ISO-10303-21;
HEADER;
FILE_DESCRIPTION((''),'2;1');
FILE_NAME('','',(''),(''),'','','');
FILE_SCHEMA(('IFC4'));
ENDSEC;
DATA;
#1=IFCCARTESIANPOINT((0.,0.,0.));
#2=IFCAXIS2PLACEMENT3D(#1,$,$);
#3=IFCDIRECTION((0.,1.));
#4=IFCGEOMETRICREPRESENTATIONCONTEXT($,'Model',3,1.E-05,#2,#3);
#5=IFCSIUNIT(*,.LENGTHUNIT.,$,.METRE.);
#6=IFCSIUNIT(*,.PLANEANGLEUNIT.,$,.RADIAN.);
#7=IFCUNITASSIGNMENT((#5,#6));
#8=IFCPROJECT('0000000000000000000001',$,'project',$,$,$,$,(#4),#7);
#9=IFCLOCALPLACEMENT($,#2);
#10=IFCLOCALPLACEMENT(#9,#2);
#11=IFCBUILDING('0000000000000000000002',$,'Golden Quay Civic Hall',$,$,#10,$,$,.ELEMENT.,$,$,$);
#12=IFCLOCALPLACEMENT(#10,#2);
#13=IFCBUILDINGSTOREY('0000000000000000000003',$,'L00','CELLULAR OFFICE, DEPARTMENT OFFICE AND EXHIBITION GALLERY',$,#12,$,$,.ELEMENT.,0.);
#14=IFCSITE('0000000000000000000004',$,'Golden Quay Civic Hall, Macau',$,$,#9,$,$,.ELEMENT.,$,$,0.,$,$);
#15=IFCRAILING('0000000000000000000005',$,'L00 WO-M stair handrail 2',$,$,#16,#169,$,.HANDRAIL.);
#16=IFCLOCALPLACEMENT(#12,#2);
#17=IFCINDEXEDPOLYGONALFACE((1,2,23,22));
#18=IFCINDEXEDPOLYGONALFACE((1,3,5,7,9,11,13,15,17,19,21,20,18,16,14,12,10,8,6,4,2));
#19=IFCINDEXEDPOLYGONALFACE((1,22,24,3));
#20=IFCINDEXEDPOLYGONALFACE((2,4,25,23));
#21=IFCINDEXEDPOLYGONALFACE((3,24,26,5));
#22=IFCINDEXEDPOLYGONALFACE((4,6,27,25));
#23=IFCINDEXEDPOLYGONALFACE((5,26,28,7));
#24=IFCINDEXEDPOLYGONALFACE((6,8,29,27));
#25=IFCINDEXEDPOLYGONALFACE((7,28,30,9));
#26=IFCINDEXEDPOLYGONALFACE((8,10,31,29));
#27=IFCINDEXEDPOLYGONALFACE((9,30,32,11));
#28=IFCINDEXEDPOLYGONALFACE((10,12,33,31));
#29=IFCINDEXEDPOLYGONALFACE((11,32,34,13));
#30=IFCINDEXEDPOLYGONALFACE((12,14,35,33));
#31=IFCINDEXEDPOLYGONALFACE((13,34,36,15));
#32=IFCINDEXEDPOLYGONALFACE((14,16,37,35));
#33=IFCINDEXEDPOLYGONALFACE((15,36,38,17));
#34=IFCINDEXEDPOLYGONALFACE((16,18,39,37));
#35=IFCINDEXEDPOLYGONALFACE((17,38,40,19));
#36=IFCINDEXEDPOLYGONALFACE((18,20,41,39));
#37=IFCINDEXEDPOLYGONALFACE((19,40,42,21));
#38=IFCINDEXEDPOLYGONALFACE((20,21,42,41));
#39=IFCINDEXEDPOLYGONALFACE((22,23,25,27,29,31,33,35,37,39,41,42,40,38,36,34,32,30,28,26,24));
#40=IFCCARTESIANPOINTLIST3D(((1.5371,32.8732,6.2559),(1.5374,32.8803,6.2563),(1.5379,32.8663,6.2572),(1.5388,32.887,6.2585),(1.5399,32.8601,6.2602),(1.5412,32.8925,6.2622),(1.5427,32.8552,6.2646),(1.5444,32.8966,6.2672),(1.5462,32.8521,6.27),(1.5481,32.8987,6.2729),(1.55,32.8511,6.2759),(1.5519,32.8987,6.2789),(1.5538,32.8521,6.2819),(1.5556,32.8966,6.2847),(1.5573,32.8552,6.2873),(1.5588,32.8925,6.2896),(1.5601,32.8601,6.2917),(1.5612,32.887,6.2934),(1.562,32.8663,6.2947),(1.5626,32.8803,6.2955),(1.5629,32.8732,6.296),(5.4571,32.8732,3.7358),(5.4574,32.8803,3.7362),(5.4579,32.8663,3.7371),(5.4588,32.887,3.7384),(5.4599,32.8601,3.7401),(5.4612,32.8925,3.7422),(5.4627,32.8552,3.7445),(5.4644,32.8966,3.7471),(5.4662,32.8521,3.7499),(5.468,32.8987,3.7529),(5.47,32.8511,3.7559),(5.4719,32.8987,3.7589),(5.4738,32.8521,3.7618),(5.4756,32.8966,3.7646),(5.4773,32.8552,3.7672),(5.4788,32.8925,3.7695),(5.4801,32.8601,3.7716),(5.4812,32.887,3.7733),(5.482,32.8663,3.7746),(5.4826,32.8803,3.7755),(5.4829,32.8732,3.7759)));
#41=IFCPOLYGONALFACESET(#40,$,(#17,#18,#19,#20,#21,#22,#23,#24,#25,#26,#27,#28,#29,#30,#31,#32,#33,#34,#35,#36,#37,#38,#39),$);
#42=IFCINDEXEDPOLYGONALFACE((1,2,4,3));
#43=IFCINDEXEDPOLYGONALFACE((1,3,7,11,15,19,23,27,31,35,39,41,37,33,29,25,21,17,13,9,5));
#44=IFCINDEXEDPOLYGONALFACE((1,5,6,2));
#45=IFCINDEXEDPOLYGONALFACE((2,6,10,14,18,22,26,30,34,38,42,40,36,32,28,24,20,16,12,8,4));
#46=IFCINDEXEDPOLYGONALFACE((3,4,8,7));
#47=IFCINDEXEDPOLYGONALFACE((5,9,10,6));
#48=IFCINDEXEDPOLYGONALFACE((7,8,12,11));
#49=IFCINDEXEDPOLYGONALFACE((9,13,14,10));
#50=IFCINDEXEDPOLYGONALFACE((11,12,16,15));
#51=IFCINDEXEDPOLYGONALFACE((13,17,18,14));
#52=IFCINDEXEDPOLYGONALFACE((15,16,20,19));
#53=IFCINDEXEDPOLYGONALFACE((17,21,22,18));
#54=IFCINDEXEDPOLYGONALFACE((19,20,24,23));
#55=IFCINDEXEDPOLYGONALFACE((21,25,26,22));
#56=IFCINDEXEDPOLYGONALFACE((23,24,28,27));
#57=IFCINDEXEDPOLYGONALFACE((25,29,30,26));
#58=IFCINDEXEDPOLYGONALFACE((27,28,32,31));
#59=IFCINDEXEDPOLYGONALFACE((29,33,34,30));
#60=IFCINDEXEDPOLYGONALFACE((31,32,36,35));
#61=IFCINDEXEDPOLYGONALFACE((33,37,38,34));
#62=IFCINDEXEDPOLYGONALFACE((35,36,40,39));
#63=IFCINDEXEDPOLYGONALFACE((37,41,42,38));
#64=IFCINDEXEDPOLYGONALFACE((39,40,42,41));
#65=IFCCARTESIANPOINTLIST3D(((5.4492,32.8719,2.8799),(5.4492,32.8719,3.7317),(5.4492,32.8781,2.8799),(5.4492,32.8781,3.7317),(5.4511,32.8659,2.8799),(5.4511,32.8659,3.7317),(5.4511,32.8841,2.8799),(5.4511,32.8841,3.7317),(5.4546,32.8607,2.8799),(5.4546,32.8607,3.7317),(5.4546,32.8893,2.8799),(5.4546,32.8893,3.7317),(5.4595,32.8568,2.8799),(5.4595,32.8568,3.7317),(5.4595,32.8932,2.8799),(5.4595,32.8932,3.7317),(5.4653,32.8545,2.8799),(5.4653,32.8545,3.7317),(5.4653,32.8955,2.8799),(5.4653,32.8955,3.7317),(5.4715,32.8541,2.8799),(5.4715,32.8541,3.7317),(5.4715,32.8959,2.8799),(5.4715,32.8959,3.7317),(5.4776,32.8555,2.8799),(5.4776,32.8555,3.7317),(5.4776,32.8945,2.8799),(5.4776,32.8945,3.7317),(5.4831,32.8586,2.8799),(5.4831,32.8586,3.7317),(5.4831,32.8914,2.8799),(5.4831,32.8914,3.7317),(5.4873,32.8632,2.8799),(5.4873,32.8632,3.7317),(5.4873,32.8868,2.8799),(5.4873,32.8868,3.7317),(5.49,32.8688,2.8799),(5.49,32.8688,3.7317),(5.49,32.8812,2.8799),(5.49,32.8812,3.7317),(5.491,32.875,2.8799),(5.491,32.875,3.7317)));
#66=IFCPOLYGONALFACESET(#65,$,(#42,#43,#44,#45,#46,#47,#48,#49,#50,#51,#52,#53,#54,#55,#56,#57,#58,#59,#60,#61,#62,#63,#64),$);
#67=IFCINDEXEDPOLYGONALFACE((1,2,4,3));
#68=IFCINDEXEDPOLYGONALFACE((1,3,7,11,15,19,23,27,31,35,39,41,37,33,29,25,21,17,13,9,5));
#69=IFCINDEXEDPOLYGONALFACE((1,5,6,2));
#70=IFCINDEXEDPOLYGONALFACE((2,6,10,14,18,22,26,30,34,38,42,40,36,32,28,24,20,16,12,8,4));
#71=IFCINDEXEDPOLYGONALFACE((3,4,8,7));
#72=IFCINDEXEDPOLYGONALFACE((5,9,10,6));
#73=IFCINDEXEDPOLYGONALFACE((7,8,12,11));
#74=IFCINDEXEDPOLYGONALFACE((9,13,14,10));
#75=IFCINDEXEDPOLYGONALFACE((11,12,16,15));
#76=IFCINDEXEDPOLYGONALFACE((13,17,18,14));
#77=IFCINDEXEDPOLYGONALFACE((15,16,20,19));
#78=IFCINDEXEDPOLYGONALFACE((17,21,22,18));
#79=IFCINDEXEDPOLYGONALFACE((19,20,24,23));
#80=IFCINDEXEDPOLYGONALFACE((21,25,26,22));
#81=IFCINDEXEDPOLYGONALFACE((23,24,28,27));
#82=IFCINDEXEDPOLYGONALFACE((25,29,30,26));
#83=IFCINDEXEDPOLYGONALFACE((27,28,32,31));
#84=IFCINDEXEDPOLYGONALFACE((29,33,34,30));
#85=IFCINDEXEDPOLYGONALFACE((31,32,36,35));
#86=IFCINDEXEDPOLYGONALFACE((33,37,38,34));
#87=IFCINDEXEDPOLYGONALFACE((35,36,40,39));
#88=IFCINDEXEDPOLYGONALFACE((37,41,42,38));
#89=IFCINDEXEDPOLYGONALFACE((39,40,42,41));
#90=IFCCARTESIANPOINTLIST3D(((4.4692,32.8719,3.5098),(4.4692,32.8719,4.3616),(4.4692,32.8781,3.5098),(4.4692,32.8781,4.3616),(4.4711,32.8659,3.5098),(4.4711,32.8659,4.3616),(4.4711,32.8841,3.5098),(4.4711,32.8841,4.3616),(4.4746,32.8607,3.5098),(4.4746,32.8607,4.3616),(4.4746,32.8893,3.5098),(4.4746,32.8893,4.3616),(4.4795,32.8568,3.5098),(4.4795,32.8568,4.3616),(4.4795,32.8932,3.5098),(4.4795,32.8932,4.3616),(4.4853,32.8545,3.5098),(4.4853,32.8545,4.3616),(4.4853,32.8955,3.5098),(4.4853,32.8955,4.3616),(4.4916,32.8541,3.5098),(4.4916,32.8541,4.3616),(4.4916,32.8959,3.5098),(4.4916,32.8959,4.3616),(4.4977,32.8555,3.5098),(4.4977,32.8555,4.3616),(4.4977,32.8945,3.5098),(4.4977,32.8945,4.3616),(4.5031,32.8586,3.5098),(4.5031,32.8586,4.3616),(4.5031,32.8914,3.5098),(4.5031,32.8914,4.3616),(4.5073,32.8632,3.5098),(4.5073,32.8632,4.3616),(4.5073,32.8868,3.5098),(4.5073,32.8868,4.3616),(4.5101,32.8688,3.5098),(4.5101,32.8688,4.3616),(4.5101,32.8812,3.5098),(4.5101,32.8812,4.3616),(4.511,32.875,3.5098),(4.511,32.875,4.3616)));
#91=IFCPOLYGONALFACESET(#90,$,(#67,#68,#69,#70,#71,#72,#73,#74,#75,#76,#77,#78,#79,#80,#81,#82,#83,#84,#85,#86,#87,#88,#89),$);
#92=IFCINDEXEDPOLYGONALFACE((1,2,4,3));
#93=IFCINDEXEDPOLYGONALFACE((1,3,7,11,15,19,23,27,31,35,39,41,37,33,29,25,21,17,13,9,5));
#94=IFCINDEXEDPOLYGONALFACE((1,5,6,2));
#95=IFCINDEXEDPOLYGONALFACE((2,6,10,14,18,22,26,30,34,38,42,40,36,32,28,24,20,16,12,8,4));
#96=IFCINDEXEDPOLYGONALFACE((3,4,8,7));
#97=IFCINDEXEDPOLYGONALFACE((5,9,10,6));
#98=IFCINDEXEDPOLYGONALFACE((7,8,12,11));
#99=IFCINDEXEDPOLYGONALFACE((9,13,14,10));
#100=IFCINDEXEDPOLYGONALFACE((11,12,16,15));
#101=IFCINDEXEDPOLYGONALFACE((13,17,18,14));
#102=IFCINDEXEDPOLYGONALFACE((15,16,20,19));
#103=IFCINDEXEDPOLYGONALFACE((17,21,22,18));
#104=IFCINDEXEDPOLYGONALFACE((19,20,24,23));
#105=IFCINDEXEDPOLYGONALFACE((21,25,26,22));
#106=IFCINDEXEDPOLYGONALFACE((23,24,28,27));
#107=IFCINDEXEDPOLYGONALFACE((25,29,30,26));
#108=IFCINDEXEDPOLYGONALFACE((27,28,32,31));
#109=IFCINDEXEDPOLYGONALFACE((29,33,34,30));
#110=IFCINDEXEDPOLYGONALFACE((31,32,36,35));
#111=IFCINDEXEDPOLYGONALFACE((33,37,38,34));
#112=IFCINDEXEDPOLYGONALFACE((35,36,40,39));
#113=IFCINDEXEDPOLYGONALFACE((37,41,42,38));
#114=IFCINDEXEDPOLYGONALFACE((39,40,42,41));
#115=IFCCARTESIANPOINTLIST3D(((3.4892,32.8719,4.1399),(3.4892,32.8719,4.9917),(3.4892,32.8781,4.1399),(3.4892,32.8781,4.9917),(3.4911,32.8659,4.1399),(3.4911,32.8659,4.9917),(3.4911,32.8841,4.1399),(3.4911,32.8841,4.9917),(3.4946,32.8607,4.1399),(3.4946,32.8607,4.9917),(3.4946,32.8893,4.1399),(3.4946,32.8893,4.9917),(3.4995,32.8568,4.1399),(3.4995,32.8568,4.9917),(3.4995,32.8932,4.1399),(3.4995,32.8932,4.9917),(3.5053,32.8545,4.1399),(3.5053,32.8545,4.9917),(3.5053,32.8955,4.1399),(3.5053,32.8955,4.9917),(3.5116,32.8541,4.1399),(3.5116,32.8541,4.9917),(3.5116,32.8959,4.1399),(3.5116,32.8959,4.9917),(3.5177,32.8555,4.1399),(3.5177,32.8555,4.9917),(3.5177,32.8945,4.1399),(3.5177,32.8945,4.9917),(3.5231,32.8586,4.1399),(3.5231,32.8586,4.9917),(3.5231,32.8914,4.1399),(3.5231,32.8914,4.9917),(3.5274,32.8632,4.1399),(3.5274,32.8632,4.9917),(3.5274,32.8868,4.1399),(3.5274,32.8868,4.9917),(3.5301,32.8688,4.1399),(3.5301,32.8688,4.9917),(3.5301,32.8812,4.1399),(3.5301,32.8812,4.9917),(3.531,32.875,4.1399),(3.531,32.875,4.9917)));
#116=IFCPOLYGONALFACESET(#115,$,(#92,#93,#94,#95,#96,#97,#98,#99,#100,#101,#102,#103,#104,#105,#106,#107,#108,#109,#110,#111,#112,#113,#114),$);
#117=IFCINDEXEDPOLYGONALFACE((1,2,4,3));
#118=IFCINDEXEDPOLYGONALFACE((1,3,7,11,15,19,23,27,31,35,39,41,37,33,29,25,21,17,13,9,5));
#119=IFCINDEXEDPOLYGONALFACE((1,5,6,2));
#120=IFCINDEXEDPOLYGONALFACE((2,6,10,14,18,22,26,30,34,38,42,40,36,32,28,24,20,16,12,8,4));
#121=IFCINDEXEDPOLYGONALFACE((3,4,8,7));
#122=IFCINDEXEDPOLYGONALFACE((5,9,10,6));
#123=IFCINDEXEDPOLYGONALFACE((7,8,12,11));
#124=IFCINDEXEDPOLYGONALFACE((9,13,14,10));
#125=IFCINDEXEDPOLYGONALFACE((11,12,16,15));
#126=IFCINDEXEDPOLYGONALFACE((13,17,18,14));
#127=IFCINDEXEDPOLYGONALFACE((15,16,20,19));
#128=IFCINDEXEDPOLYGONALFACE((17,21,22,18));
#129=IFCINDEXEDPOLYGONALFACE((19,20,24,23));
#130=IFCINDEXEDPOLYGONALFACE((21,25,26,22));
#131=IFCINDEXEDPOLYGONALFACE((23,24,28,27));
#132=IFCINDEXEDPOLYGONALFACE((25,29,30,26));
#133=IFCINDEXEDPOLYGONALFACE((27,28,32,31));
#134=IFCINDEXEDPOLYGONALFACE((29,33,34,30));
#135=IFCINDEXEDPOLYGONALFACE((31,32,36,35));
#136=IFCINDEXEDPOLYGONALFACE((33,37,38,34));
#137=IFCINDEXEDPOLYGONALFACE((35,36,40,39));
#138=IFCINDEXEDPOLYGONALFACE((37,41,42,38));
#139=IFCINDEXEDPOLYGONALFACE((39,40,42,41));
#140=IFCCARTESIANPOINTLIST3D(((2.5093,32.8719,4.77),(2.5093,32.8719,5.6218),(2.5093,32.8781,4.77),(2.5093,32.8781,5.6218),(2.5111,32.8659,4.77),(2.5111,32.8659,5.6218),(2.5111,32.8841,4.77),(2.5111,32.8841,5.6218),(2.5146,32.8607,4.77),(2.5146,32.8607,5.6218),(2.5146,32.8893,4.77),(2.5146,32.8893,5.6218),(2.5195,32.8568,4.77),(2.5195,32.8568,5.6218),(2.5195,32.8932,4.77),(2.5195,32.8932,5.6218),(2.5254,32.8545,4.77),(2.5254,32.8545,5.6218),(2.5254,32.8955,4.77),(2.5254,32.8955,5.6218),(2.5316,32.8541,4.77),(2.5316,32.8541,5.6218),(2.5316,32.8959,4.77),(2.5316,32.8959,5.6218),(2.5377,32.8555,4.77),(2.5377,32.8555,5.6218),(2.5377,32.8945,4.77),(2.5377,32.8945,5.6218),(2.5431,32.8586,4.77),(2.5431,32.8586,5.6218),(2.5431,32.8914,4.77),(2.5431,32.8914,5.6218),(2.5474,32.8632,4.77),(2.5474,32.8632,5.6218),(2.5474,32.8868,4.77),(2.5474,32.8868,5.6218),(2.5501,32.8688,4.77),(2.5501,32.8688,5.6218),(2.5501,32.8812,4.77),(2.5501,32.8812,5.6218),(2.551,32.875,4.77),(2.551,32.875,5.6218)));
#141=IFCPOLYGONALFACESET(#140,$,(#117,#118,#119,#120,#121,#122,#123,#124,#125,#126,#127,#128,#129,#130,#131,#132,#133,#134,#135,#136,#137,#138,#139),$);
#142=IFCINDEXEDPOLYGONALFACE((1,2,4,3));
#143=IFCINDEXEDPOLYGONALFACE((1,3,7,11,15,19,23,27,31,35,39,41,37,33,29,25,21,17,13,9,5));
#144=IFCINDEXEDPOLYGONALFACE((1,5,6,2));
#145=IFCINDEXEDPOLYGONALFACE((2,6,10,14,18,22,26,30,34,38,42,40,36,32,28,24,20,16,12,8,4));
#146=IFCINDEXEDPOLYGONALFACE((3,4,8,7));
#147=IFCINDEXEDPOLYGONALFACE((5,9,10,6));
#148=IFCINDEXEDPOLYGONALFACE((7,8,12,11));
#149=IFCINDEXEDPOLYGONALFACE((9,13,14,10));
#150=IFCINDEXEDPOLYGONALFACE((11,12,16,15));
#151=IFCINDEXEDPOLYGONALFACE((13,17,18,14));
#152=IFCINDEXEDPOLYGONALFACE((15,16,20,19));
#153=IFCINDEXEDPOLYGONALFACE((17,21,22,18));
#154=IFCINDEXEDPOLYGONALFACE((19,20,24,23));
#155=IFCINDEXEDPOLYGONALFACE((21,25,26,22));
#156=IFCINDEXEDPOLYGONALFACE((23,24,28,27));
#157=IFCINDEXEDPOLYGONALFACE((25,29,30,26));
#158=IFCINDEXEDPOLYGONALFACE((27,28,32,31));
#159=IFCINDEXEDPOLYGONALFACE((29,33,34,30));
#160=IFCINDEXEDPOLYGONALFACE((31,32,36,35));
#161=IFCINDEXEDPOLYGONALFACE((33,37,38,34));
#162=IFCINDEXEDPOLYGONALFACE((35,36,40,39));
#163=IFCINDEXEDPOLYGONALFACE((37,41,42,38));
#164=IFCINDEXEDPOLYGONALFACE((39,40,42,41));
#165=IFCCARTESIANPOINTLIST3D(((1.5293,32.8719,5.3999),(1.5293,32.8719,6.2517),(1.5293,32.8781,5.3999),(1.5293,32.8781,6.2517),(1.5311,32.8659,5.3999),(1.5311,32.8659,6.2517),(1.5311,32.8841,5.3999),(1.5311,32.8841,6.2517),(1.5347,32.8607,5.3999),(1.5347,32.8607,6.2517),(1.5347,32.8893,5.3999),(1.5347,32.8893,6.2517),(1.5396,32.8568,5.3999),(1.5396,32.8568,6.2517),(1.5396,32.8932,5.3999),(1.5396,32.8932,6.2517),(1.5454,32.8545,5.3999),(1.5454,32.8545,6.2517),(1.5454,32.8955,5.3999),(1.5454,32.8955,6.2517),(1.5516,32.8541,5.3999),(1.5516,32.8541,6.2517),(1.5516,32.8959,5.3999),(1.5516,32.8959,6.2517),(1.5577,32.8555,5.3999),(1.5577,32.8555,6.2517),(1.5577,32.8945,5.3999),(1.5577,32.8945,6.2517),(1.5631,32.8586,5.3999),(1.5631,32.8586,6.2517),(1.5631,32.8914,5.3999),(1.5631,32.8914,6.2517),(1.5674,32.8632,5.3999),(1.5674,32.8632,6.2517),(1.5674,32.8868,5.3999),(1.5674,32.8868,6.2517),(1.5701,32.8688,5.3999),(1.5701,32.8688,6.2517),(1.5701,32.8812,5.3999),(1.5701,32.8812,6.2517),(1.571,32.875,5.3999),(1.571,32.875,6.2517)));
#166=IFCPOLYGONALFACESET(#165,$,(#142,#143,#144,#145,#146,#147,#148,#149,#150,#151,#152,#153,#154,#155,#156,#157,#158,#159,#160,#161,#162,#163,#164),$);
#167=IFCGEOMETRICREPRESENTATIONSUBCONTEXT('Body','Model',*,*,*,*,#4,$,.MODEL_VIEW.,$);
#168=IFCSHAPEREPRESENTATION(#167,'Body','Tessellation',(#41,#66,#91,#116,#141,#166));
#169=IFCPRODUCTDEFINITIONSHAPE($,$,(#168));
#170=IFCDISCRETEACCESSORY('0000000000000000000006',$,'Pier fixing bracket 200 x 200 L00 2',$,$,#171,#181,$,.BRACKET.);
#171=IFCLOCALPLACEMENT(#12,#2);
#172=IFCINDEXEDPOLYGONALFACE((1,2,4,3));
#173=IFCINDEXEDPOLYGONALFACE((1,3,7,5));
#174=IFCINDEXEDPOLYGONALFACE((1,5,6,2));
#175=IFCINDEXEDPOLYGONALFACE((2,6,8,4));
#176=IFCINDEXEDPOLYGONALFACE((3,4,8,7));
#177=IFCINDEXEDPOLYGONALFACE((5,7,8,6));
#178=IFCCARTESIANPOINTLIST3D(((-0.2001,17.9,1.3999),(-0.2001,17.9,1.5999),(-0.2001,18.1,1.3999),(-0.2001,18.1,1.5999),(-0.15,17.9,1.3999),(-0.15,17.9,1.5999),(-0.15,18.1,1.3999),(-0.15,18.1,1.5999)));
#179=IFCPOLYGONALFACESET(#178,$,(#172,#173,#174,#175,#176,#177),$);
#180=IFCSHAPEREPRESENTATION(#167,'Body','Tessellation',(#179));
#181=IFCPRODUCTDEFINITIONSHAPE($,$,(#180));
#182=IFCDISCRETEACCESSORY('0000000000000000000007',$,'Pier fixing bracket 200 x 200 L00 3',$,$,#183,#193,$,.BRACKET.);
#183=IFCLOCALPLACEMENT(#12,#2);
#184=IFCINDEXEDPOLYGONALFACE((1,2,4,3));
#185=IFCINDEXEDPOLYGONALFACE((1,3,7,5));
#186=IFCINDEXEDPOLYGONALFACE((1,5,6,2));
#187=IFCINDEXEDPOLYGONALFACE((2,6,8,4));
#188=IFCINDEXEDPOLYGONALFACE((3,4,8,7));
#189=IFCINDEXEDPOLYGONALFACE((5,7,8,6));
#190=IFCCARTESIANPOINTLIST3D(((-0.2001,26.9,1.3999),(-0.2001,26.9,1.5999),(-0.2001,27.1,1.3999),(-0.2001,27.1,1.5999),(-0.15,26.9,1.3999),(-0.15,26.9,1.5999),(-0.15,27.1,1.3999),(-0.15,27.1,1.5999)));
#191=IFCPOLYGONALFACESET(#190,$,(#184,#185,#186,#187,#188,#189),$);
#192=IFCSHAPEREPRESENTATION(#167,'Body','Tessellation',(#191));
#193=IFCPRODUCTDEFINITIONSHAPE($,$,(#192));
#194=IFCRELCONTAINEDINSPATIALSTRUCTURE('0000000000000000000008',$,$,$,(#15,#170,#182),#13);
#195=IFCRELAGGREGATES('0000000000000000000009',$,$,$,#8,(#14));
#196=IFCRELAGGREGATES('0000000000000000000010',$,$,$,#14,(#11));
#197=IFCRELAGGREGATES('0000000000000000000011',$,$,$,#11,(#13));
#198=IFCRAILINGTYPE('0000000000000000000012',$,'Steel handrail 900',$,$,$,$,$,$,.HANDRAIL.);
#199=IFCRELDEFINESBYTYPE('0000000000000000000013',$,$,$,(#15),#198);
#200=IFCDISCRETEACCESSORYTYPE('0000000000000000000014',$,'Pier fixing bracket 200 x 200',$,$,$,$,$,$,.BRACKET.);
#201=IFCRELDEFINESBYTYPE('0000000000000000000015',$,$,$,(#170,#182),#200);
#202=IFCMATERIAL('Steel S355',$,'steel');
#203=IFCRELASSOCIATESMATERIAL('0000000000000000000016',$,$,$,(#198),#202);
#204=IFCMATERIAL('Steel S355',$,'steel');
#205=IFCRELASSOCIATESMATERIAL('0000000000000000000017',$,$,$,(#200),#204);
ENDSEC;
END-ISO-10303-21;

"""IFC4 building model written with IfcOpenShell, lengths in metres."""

from ifc_helpers import new_model, si_unit, direction, frame, origin, origin_2d, place, context, subcontext, project, spatial, rectangle, circle, extrude, material, type_object, element, save


model = new_model("IFC4")

# Units and contexts
model_context = context("Model", 3, precision=1e-05, world=origin(), true_north=direction((0.0, 1.0)))
body_context = subcontext(model_context, "Body", "Model", "MODEL_VIEW")
ifc_project = project(units=[si_unit("LENGTHUNIT", "METRE"), si_unit("PLANEANGLEUNIT", "RADIAN")], contexts=[model_context])

# Site, building, storey
site_placement = place(None, origin())
site = spatial("IfcSite", under=ifc_project, at=site_placement, Name="Golden Quay Civic Hall, Macau", CompositionType="ELEMENT", RefElevation=0.0)
building_placement = place(site_placement, origin())
building = spatial("IfcBuilding", under=site, at=building_placement, Name="Golden Quay Civic Hall", CompositionType="ELEMENT")
storey_placement = place(building_placement, origin())
storey = spatial("IfcBuildingStorey", under=building, at=storey_placement, Name="L00", Description="CELLULAR OFFICE, DEPARTMENT OFFICE AND EXHIBITION GALLERY", CompositionType="ELEMENT", Elevation=0.0)

# Railing
ifc_material_1 = material(Name="Steel S355", Category="steel")
railing_type_1 = type_object("IfcRailingType", Name="Steel handrail 900", PredefinedType="HANDRAIL", material=ifc_material_1)
railing_1_placement = place(storey_placement, frame((5.47, 32.875, 2.8799)))
element("IfcRailing", 1, at=railing_1_placement, inside=storey, type_object=railing_type_1, Name="L00 WO-M stair handrail 2", PredefinedType="HANDRAIL", context=body_context, shape_type="SweptSolid", body=[
    extrude(circle(Radius=0.0239, at=origin_2d()), frame((0.0, 0.0, 0.876), z_axis=(-0.841172, 0.0, 0.540768), x_axis=(0.0, -1.0, 0.0)), (0.0, 0.0, 1.0), 4.6602),
    extrude(circle(Radius=0.021, at=origin_2d()), origin(), (0.0, 0.0, 1.0), 0.8518),
    extrude(circle(Radius=0.021, at=origin_2d()), frame((-0.98, 0.0, 0.6299)), (0.0, 0.0, 1.0), 0.8518),
    extrude(circle(Radius=0.021, at=origin_2d()), frame((-1.96, 0.0, 1.26)), (0.0, 0.0, 1.0), 0.8518),
    extrude(circle(Radius=0.021, at=origin_2d()), frame((-2.9399, 0.0, 1.8901)), (0.0, 0.0, 1.0), 0.8518),
    extrude(circle(Radius=0.021, at=origin_2d()), frame((-3.9199, 0.0, 2.52)), (0.0, 0.0, 1.0), 0.8518),
])

# Discrete accessories
ifc_material_2 = material(Name="Steel S355", Category="steel")
discrete_accessory_type = type_object("IfcDiscreteAccessoryType", Name="Pier fixing bracket 200 x 200", PredefinedType="BRACKET", material=ifc_material_2)
for number, where, z_axis, x_axis, name in (
    (2, (-0.175, 18.0, 1.3999), (0.0, 0.0, 1.0), (0.0, -1.0, 0.0), "Pier fixing bracket 200 x 200 L00 2"),
    (3, (-0.175, 27.0, 1.3999), (0.0, 0.0, 1.0), (0.0, -1.0, 0.0), "Pier fixing bracket 200 x 200 L00 3"),
):
    element("IfcDiscreteAccessory", number, at=place(storey_placement, frame(where, z_axis=z_axis, x_axis=x_axis)), inside=storey, type_object=discrete_accessory_type, Name=name, PredefinedType="BRACKET", context=body_context, shape_type="SweptSolid", body=[
        extrude(rectangle(XDim=0.2, YDim=0.05, at=origin_2d()), origin(), (0.0, 0.0, 1.0), 0.2),
    ])

save(model, "model.ifc")
